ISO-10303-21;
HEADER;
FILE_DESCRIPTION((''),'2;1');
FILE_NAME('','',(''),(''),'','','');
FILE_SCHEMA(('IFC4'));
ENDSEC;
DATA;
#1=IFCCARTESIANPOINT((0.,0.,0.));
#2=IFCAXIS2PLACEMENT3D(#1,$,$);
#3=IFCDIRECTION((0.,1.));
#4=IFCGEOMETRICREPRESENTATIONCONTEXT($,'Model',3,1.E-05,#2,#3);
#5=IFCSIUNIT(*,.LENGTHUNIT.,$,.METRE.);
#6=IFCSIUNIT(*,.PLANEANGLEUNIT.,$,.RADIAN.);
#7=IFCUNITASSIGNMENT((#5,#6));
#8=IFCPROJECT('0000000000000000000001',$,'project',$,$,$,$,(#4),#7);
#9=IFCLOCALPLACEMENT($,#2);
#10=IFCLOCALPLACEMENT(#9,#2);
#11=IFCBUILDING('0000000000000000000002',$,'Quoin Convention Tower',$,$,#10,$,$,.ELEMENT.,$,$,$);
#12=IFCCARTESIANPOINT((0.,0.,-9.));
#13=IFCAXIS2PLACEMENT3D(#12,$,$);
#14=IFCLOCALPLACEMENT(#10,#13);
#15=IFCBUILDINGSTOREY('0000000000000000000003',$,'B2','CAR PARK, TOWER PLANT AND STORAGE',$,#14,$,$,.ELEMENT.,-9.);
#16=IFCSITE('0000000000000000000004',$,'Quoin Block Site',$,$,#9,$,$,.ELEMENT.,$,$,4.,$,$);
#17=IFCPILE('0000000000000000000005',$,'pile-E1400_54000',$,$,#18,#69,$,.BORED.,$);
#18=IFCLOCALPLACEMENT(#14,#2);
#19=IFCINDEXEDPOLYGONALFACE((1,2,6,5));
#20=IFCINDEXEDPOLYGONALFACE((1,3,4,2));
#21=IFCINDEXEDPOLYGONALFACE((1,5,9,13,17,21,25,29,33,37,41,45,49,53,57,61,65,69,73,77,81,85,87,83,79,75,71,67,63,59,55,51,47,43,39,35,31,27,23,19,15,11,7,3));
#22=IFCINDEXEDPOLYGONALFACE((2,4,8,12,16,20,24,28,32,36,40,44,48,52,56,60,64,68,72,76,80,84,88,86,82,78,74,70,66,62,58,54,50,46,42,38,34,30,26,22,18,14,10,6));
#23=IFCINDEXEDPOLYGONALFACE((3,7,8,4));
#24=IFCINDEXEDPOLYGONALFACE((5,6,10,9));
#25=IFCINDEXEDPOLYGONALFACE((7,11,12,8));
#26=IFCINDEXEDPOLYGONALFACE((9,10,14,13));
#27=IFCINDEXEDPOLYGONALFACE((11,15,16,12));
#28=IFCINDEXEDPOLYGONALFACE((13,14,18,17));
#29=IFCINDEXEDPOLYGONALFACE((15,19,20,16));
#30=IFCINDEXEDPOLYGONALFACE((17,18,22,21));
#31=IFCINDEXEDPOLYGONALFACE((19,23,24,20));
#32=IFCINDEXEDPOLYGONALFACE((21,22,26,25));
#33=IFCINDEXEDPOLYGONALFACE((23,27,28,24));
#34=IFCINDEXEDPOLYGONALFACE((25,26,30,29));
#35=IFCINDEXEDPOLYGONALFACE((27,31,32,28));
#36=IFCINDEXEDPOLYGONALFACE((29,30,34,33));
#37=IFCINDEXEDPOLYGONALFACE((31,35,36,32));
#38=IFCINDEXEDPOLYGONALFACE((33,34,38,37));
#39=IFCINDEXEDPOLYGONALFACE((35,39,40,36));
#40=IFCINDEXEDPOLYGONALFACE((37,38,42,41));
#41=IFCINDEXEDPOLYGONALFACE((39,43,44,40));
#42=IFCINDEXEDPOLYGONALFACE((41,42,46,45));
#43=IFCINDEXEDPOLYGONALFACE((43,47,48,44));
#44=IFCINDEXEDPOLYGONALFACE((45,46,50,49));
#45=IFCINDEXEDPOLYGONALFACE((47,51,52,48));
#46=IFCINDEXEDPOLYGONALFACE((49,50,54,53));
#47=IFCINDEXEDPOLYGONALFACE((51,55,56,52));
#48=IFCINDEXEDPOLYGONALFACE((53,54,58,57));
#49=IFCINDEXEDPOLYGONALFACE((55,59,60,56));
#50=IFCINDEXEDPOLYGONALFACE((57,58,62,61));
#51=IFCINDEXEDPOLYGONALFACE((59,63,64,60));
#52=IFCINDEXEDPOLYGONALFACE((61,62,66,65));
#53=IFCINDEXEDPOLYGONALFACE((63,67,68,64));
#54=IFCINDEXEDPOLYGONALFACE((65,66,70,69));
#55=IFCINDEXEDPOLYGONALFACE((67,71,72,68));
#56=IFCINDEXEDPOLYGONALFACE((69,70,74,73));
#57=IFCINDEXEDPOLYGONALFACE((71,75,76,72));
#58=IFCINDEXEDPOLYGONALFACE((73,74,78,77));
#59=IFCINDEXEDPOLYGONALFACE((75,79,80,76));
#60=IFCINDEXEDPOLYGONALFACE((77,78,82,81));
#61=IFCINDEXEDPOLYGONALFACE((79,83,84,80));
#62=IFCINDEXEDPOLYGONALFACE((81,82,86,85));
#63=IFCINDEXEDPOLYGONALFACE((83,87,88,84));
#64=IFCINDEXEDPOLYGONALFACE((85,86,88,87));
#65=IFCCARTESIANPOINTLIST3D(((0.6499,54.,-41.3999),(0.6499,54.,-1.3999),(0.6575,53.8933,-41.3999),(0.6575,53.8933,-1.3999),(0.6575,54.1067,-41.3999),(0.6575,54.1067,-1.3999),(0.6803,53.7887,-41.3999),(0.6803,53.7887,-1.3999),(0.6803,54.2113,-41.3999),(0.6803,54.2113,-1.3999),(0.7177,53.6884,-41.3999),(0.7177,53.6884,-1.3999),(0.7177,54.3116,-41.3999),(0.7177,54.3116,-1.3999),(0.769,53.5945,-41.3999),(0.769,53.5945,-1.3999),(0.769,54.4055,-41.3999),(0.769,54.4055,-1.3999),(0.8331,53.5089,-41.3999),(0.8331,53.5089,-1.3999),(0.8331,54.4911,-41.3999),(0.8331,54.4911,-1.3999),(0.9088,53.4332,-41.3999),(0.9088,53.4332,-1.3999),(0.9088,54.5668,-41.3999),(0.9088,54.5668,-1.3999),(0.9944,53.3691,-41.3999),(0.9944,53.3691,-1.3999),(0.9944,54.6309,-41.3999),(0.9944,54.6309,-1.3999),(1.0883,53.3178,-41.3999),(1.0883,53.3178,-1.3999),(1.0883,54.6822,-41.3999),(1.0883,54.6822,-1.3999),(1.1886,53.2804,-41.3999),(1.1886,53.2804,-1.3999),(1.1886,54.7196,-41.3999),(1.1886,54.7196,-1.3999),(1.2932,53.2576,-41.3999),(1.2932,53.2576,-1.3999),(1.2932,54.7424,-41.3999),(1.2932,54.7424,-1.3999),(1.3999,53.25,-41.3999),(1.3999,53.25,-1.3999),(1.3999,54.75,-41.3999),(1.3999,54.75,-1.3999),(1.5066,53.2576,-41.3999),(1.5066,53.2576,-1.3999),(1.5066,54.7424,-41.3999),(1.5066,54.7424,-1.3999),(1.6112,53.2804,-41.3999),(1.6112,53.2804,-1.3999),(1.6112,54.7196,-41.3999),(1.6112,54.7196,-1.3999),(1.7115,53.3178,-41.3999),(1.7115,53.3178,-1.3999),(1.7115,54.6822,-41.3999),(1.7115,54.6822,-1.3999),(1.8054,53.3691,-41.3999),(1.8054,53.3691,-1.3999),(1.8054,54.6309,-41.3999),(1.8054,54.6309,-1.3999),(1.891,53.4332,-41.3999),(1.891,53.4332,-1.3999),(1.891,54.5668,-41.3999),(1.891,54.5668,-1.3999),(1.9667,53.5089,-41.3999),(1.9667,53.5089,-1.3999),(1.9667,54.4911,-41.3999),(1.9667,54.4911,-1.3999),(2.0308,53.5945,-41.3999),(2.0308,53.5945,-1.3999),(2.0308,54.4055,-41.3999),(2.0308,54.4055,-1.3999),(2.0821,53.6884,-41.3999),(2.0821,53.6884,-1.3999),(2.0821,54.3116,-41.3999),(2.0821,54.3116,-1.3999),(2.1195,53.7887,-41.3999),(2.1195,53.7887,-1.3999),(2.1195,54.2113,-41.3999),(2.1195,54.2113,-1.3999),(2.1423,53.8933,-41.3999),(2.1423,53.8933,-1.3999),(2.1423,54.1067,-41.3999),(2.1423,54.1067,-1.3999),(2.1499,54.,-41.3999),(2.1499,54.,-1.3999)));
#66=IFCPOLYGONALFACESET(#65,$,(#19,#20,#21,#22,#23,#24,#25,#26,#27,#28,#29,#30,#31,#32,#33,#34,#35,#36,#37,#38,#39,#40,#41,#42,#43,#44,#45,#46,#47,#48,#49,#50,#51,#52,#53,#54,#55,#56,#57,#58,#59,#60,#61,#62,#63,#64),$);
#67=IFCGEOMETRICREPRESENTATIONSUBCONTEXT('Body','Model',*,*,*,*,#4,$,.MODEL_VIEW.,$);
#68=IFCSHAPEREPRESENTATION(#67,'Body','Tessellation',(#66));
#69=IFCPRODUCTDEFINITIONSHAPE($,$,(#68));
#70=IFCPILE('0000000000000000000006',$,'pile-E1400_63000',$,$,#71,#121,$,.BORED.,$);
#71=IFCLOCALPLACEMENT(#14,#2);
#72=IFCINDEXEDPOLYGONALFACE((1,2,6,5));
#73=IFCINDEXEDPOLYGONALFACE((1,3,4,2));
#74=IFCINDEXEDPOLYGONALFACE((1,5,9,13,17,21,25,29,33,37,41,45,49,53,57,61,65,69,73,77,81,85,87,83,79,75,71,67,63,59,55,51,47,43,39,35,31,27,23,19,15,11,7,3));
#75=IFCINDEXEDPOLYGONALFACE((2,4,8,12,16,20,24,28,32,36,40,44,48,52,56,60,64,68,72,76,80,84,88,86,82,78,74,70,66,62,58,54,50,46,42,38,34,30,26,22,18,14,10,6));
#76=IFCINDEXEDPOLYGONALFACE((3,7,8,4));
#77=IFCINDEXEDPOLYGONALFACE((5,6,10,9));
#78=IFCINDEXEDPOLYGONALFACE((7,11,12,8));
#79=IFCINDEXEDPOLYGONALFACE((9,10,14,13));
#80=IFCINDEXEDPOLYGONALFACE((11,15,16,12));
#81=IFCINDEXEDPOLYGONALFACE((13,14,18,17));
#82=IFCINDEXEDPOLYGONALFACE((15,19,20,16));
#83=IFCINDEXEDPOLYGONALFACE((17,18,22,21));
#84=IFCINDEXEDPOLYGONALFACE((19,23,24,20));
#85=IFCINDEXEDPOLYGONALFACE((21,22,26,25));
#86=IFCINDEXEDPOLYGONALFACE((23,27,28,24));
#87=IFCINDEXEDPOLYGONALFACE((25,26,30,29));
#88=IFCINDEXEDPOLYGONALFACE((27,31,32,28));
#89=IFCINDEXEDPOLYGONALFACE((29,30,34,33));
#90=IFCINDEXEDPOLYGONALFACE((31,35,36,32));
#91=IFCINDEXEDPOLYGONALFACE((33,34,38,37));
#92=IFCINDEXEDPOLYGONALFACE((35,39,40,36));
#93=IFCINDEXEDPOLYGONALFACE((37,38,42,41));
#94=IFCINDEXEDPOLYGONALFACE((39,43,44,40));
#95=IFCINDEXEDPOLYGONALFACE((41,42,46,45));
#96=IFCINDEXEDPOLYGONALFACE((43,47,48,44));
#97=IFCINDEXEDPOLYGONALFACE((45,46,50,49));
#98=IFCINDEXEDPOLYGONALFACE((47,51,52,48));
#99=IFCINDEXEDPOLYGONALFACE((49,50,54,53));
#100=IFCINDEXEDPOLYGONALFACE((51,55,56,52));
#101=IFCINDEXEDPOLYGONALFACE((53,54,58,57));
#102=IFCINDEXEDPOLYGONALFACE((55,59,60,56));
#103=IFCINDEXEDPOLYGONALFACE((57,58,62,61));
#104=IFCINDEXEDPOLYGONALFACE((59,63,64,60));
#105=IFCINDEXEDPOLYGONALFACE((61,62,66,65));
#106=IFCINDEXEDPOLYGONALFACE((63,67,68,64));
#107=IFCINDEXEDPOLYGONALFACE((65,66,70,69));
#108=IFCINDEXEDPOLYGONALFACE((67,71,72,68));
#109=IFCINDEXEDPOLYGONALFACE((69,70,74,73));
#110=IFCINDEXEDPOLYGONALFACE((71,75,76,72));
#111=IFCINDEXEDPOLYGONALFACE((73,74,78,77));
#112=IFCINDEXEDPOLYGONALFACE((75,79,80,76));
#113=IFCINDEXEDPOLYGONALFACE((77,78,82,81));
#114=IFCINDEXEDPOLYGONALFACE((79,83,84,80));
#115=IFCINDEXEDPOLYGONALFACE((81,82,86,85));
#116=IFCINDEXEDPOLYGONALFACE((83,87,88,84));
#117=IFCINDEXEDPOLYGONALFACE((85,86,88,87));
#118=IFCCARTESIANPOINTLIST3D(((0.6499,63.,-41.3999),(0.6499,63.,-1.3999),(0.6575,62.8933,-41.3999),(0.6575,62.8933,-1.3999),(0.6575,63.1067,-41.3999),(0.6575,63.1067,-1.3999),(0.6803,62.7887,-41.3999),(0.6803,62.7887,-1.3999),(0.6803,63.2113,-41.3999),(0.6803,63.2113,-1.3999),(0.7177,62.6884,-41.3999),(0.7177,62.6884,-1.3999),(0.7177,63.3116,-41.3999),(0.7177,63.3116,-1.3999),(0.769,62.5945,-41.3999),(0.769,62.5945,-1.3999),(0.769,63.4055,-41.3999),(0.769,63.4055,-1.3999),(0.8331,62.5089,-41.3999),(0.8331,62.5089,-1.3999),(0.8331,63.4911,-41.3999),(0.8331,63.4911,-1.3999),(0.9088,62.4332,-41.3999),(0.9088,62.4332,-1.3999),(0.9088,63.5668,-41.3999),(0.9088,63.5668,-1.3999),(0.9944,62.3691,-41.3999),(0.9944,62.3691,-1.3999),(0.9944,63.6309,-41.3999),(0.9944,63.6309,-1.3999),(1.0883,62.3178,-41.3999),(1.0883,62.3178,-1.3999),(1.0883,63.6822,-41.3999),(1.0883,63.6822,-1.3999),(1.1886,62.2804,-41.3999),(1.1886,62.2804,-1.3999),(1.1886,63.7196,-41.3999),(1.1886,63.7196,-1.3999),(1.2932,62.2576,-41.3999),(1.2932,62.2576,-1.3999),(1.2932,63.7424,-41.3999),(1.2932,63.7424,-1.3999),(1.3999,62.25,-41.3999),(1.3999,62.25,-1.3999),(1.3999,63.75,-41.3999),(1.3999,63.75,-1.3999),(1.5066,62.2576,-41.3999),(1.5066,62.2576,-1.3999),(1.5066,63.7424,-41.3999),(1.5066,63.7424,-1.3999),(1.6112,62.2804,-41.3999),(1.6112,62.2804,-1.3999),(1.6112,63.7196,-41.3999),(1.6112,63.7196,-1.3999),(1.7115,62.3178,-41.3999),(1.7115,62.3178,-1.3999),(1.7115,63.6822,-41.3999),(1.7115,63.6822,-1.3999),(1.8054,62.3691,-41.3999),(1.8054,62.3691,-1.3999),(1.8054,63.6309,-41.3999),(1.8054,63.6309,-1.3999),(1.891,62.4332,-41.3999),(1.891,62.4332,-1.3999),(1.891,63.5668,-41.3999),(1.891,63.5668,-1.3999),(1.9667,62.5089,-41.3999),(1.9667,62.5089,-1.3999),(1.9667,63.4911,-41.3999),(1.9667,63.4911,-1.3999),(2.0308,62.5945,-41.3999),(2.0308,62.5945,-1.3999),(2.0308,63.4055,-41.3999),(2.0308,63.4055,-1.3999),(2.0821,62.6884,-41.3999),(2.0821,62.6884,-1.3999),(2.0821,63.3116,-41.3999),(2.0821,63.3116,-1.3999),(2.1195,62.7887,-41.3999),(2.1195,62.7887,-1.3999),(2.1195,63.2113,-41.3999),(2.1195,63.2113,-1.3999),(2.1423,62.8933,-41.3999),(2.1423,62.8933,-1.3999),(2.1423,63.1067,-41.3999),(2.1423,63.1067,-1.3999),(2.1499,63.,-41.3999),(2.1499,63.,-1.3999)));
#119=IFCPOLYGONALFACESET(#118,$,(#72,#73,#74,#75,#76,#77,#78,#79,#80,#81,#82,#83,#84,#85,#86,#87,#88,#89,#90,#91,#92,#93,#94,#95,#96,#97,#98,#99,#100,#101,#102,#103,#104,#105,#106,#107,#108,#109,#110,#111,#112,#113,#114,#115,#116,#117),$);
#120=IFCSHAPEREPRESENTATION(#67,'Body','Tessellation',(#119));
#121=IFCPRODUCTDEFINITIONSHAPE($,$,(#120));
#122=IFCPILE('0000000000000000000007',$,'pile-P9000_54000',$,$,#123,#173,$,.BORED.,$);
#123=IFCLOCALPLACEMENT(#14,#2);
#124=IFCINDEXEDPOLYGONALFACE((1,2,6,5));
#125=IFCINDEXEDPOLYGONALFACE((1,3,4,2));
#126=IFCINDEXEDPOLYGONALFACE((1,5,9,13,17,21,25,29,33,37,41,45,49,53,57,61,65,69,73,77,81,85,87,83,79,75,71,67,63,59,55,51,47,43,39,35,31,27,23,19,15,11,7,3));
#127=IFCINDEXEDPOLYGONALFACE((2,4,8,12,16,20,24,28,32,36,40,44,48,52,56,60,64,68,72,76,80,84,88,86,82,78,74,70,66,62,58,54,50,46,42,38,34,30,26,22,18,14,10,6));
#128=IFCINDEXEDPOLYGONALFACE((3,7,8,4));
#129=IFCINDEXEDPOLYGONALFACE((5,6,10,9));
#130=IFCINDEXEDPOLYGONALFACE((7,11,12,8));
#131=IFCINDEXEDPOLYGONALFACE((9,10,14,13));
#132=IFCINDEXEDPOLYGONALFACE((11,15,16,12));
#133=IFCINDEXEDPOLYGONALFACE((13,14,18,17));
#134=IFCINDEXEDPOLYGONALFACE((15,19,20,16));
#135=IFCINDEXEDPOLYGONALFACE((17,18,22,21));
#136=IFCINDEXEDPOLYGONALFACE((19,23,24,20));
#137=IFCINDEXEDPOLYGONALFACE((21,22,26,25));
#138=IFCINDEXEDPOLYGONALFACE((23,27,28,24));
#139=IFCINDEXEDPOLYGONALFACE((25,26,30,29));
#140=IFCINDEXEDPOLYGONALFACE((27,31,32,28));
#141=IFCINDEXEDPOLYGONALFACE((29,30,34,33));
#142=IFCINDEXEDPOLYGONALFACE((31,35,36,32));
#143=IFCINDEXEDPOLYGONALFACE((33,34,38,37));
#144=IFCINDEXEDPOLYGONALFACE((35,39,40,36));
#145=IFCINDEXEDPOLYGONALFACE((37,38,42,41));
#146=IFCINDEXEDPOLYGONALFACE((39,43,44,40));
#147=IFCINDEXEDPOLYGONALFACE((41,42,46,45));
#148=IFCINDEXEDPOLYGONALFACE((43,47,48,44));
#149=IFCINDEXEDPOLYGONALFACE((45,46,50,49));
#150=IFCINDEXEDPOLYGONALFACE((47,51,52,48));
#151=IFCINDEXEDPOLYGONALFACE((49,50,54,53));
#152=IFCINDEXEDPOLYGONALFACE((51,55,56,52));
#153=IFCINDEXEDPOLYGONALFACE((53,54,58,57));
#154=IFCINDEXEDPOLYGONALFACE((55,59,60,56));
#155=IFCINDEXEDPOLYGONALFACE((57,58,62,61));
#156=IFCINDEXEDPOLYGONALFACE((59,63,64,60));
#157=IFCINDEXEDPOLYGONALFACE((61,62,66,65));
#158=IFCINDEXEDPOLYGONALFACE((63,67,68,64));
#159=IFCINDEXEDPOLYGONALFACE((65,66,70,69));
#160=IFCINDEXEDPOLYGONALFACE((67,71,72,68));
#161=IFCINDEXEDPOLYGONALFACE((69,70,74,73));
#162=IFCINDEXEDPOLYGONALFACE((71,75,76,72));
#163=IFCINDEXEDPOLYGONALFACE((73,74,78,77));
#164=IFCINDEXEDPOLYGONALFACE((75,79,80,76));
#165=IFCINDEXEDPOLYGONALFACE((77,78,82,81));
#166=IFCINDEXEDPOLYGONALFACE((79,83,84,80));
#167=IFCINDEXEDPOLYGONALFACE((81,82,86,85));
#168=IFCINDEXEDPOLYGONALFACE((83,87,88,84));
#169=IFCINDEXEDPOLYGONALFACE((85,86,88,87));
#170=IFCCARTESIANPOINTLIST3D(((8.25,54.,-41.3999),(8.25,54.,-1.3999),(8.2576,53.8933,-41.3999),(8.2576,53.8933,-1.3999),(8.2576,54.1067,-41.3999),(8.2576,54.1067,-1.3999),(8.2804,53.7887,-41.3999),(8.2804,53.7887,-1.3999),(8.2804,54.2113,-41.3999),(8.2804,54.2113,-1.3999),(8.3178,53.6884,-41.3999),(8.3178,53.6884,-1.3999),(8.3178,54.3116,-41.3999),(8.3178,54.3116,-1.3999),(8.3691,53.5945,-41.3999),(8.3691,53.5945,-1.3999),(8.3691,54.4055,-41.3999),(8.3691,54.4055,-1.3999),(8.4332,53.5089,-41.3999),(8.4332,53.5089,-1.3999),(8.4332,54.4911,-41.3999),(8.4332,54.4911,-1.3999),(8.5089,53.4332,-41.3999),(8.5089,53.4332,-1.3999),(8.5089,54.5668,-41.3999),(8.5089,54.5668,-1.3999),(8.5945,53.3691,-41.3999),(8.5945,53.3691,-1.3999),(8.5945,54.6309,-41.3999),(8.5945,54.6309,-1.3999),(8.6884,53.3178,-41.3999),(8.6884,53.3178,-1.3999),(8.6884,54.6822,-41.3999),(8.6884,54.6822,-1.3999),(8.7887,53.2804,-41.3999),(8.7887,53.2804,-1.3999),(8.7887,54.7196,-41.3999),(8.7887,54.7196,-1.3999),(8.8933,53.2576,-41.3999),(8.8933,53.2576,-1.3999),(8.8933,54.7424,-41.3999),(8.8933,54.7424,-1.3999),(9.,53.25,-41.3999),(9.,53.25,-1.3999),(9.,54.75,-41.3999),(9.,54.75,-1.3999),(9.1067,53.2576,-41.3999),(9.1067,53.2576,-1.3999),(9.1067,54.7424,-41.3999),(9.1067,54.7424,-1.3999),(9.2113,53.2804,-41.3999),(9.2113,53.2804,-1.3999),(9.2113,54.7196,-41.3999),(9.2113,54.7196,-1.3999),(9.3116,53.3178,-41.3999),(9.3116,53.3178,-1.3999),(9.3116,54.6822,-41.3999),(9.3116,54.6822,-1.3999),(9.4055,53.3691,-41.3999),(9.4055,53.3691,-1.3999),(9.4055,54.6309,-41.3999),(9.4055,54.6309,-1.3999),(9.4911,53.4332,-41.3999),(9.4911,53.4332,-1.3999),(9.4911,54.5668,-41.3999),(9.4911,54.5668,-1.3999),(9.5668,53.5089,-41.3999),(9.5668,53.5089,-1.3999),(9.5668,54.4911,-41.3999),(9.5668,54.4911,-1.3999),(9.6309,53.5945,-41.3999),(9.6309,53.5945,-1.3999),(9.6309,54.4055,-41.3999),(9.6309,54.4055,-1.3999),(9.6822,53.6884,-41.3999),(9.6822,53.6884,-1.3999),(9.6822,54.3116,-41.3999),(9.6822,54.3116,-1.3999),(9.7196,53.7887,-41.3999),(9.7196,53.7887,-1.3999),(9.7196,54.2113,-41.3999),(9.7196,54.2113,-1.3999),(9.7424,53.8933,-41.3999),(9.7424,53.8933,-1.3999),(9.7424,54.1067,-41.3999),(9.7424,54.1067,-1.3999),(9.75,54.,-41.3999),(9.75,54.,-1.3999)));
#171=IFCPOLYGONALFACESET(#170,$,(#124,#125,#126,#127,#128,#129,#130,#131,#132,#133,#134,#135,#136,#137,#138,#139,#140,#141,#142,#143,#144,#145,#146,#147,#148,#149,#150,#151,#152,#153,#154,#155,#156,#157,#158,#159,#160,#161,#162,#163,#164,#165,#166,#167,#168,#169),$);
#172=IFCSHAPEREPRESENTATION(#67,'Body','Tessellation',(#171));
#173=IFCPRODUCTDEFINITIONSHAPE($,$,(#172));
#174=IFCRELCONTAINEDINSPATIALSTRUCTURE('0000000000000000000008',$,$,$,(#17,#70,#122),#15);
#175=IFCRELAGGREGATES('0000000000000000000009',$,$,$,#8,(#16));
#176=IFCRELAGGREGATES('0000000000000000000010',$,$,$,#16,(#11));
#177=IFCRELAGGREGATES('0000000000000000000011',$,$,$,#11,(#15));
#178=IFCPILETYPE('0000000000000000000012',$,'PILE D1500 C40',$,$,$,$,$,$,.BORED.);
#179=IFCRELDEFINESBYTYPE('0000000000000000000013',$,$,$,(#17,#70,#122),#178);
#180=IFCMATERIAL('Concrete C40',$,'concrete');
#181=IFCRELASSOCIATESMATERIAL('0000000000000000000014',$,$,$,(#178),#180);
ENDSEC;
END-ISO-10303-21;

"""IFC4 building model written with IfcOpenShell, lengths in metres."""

from ifc_helpers import new_model, si_unit, direction, frame, origin, origin_2d, place, context, subcontext, project, spatial, circle, extrude, material, material_profile, profile_set, type_object, element, save


model = new_model("IFC4")

# Units and contexts
model_context = context("Model", 3, precision=1e-05, world=origin(), true_north=direction((0.0, 1.0)))
body_context = subcontext(model_context, "Body", "Model", "MODEL_VIEW")
ifc_project = project(units=[si_unit("LENGTHUNIT", "METRE"), si_unit("PLANEANGLEUNIT", "RADIAN")], contexts=[model_context])

# Site, building, storey
site_placement = place(None, origin())
site = spatial("IfcSite", under=ifc_project, at=site_placement, Name="Quoin Block Site", CompositionType="ELEMENT", RefElevation=4.0)
building_placement = place(site_placement, origin())
building = spatial("IfcBuilding", under=site, at=building_placement, Name="Quoin Convention Tower", CompositionType="ELEMENT")
storey_placement = place(building_placement, frame((0.0, 0.0, -9.0)))
storey = spatial("IfcBuildingStorey", under=building, at=storey_placement, Name="B2", Description="CAR PARK, TOWER PLANT AND STORAGE", CompositionType="ELEMENT", Elevation=-9.0)

# Piles
ifc_material_1 = material(Name="Concrete C40", Category="concrete")
ifc_material_profile_1 = material_profile(ifc_material_1, circle(Radius=0.75, at=origin_2d()), Name="D1500")
ifc_profile_set_1 = profile_set([ifc_material_profile_1], Name="Concrete C40")
pile_type = type_object("IfcPileType", Name="PILE D1500 C40", PredefinedType="BORED", material=ifc_profile_set_1)
for number, where, z_axis, x_axis, name in (
    (1, (1.3999, 54.0, -1.3999), (0.0, 0.0, -1.0), (1.0, 0.0, 0.0), "pile-E1400_54000"),
    (2, (1.3999, 63.0, -1.3999), (0.0, 0.0, -1.0), (1.0, 0.0, 0.0), "pile-E1400_63000"),
    (3, (9.0, 54.0, -1.3999), (0.0, 0.0, -1.0), (1.0, 0.0, 0.0), "pile-P9000_54000"),
):
    element("IfcPile", number, at=place(storey_placement, frame(where, z_axis=z_axis, x_axis=x_axis)), inside=storey, type_object=pile_type, Name=name, PredefinedType="BORED", context=body_context, shape_type="SweptSolid", body=[
        extrude(circle(Radius=0.75, at=origin_2d()), origin(), (0.0, 0.0, 1.0), 40.0),
    ])

save(model, "model.ifc")
